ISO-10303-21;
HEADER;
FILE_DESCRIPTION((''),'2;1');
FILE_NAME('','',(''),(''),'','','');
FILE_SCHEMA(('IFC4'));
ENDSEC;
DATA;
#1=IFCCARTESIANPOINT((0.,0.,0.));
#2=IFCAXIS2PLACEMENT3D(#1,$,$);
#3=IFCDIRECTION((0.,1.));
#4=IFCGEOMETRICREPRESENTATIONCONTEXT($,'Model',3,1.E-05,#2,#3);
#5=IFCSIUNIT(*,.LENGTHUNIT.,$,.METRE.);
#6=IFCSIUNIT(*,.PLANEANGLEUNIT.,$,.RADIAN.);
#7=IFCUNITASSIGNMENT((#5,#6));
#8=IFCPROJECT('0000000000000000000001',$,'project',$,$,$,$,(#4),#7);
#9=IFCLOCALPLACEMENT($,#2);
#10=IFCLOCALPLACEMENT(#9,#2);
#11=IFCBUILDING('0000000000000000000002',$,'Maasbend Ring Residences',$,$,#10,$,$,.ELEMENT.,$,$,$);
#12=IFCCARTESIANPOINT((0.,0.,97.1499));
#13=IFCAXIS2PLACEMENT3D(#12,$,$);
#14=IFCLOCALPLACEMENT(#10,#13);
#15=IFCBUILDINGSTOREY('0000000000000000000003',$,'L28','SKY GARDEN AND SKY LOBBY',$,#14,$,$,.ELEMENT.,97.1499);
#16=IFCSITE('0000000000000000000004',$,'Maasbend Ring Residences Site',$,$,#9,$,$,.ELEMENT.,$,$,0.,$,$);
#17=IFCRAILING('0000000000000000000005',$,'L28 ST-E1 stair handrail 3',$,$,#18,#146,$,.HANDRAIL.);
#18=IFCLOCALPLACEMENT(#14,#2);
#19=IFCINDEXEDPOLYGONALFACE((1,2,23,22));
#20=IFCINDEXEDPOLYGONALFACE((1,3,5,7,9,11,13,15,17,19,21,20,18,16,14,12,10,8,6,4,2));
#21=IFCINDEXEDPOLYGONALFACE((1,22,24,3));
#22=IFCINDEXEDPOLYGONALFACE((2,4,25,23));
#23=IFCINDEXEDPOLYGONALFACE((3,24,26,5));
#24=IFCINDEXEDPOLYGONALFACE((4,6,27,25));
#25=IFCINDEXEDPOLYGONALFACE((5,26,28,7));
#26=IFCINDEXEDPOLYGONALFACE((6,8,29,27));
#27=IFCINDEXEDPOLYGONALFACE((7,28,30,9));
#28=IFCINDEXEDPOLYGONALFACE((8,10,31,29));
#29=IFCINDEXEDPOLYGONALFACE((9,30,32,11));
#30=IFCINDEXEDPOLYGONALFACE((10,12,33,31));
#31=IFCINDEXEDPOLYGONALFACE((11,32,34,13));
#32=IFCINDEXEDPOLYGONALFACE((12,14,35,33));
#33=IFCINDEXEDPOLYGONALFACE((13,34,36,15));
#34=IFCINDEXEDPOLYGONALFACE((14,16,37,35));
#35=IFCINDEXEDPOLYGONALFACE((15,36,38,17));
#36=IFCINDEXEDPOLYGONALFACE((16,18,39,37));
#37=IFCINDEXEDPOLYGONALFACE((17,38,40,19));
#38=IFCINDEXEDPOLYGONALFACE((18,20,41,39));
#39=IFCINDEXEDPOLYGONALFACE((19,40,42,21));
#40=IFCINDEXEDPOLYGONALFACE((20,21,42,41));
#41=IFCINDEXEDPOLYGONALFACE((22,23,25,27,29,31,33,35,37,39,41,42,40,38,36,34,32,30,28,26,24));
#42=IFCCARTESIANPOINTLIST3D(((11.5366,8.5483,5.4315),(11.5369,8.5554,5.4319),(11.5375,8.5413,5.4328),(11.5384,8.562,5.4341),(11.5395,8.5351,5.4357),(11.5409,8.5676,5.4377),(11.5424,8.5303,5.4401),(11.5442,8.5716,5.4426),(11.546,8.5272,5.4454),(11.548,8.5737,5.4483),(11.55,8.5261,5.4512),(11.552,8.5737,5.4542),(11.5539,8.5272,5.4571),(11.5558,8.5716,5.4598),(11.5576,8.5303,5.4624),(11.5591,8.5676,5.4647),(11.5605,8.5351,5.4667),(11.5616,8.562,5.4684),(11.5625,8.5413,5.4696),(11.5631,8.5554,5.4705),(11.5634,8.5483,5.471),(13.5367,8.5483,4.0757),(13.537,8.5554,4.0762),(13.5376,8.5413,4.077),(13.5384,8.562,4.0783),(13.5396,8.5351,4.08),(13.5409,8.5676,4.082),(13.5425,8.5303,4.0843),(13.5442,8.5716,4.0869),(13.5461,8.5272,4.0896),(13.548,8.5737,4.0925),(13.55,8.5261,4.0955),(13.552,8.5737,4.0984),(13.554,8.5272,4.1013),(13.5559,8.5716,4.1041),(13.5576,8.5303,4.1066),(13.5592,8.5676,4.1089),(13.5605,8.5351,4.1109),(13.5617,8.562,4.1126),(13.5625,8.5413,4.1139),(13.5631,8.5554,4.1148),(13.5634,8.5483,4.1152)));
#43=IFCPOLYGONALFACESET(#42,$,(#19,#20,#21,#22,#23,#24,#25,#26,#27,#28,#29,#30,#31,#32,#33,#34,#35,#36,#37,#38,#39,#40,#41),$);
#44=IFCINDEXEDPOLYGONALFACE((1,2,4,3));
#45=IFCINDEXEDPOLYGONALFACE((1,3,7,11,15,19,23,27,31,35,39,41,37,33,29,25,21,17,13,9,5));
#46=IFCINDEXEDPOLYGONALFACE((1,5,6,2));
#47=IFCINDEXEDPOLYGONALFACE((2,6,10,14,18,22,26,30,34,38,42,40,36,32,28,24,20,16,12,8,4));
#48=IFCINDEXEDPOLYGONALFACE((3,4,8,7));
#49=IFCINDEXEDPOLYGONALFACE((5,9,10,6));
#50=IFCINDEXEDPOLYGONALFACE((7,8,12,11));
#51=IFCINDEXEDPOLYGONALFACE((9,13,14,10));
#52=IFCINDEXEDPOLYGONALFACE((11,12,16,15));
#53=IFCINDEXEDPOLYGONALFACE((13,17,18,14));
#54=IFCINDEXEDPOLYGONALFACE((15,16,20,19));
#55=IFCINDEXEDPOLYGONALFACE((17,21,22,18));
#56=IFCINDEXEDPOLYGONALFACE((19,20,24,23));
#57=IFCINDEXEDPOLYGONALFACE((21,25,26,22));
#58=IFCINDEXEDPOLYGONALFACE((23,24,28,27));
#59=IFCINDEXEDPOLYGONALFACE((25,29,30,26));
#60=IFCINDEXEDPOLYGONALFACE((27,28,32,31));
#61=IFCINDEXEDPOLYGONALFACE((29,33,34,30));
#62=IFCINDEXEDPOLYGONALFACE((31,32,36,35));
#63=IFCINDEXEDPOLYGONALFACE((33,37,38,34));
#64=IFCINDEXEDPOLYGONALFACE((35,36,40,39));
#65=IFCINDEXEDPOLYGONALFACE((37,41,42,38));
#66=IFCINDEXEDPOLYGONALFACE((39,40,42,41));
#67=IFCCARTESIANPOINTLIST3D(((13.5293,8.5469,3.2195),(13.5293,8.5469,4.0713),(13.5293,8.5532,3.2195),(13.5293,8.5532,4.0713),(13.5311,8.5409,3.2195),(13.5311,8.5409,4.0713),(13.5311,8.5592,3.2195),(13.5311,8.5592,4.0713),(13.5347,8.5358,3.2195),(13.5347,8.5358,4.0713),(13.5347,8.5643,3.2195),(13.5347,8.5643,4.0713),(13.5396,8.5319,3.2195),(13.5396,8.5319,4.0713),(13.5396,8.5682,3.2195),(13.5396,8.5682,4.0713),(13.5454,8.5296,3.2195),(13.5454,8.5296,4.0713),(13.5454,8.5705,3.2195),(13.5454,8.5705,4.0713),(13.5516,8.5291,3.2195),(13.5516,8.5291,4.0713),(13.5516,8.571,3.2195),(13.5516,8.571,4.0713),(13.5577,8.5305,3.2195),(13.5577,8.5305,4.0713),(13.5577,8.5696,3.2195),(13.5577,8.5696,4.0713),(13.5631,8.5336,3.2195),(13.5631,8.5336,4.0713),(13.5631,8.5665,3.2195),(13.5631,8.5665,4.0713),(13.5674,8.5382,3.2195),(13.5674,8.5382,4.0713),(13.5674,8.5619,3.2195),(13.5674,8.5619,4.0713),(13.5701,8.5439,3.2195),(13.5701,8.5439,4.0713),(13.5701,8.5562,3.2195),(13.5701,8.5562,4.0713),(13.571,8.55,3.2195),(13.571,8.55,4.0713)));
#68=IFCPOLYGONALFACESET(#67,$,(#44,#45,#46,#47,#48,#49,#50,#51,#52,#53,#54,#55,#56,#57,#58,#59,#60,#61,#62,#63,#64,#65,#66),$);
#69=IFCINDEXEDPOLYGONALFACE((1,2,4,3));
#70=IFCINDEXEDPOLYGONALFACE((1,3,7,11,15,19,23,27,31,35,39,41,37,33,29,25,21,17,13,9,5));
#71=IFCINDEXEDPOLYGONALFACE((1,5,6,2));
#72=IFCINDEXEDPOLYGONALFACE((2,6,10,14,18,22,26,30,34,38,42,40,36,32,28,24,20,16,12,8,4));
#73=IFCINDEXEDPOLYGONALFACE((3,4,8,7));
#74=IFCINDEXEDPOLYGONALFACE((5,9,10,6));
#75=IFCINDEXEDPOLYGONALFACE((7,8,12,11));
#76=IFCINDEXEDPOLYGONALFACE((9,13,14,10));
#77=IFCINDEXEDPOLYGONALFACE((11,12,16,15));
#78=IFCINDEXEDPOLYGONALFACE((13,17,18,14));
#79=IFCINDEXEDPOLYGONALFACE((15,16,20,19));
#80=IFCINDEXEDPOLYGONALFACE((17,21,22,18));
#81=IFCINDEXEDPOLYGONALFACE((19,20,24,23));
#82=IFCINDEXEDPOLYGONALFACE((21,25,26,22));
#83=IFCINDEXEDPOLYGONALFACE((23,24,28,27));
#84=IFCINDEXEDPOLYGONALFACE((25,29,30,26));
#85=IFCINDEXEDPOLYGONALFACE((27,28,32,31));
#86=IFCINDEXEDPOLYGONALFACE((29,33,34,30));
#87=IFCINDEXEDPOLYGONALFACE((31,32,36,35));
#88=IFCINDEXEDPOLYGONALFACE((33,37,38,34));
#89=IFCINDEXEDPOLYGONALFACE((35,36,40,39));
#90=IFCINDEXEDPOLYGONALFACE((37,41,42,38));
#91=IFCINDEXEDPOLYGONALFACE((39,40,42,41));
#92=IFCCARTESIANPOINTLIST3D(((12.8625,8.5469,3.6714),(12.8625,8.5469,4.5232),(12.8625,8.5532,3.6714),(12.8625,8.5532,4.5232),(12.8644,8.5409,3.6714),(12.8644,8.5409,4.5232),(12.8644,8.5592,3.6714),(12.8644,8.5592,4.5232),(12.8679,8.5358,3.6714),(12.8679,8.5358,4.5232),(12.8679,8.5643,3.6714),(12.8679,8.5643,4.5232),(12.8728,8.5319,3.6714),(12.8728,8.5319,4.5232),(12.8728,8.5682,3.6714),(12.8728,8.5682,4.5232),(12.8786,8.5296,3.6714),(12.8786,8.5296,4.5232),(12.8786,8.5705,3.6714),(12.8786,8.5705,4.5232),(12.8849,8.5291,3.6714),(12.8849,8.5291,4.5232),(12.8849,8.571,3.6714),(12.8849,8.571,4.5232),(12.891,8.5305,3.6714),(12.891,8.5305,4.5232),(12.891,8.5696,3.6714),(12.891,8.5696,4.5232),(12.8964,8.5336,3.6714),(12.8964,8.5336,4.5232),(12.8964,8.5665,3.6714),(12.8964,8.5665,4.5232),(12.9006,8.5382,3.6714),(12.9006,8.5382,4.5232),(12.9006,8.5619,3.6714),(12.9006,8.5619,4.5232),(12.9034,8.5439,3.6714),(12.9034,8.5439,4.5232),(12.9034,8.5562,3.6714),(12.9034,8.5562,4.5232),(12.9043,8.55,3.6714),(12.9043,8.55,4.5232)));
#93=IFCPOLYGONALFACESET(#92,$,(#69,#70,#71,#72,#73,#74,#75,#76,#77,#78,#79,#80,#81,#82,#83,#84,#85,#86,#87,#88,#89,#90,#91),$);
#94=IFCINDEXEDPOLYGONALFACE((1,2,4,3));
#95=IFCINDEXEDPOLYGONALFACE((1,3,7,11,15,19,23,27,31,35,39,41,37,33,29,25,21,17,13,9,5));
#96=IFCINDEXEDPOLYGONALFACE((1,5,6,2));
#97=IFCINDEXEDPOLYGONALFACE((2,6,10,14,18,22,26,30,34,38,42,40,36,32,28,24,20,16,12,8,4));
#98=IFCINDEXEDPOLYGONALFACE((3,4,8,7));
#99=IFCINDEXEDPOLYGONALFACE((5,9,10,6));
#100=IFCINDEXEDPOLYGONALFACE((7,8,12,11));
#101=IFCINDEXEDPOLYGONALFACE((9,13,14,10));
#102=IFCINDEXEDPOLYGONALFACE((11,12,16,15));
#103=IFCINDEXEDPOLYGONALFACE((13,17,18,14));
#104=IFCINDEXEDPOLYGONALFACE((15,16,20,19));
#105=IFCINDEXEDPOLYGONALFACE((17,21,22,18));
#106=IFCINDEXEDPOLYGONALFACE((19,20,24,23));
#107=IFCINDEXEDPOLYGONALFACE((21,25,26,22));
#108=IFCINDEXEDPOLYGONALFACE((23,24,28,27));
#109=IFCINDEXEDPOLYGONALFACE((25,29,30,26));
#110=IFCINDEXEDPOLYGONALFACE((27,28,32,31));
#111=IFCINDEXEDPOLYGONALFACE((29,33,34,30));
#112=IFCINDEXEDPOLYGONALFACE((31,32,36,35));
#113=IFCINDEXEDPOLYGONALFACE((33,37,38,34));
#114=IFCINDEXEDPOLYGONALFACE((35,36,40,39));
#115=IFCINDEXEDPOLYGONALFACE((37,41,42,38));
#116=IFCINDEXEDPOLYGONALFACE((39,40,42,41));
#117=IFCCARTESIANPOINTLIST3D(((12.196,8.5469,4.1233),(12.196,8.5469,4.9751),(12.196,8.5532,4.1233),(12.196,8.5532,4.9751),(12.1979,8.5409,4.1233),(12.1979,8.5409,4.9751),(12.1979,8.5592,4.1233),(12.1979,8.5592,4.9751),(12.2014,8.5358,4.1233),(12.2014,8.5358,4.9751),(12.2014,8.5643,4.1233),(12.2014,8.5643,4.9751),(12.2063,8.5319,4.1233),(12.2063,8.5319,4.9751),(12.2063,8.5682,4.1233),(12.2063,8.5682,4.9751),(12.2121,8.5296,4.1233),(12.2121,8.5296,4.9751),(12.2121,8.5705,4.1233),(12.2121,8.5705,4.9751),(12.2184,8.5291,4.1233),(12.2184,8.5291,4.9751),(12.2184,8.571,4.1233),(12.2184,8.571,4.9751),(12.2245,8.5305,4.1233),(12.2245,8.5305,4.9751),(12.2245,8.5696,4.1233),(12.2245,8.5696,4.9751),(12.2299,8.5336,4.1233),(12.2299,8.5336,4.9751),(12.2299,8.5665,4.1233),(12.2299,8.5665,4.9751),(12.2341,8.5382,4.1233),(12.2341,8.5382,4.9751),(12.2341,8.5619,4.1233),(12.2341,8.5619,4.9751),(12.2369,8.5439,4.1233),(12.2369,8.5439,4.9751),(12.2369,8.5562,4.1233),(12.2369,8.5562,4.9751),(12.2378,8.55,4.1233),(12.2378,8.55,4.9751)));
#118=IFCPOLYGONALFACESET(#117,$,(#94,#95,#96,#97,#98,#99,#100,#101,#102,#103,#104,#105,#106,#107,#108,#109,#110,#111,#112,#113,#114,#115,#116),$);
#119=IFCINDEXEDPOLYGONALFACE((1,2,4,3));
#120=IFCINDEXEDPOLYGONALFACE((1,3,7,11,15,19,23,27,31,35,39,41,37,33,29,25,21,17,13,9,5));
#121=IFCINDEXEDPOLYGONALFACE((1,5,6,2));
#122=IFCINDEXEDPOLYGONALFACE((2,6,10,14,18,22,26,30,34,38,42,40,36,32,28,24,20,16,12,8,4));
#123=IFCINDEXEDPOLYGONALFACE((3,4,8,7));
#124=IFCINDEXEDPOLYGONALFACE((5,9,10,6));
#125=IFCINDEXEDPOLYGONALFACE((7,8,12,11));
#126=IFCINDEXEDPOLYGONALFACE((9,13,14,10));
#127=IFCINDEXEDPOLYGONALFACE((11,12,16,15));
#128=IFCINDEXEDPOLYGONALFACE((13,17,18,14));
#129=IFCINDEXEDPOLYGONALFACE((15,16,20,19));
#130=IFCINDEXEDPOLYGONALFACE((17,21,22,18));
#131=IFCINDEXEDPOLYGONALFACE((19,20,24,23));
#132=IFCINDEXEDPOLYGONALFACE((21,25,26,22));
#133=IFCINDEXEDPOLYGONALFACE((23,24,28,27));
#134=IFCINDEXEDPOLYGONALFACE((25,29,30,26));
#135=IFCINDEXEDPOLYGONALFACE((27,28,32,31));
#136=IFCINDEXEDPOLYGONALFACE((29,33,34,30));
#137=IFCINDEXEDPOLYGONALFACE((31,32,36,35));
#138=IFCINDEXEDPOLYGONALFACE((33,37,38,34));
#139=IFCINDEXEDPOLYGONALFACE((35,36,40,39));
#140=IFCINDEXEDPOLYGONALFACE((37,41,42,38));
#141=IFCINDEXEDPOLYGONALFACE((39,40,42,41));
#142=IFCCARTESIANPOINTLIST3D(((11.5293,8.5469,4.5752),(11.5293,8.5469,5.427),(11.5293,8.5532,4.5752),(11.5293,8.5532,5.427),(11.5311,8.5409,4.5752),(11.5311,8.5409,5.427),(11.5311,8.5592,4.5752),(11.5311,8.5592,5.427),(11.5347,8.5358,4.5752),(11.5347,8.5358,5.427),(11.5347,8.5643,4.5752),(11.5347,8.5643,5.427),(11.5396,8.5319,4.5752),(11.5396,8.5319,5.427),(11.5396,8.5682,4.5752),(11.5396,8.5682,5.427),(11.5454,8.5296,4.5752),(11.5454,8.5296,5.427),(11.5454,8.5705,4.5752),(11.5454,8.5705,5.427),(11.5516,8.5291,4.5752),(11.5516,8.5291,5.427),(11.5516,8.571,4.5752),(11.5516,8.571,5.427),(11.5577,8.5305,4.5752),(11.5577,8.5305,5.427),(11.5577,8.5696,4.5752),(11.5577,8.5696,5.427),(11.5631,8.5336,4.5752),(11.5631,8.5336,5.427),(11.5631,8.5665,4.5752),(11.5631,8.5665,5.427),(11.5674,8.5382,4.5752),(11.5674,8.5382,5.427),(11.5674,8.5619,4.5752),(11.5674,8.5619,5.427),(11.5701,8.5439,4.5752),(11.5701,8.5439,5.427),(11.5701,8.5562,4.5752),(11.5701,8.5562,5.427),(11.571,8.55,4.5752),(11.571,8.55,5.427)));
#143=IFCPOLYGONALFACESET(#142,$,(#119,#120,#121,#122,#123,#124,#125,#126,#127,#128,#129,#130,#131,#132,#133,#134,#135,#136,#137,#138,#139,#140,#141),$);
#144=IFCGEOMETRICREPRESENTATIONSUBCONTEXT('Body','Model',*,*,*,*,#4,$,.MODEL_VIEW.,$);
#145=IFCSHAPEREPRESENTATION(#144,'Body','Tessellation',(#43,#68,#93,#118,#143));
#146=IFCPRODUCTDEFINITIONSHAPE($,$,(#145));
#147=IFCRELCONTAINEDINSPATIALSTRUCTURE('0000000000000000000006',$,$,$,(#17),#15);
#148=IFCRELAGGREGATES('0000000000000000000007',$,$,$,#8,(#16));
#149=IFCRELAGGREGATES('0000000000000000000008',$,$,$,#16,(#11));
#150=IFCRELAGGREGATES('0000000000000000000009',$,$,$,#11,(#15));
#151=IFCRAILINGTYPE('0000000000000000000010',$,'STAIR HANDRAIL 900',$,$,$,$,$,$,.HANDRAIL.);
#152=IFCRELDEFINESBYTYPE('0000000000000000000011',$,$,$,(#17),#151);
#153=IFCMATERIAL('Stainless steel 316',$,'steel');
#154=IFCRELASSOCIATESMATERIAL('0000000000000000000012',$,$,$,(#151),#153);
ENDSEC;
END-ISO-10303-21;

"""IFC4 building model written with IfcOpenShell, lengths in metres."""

from ifc_helpers import new_model, si_unit, direction, frame, origin, origin_2d, place, context, subcontext, project, spatial, circle, extrude, material, type_object, element, save


model = new_model("IFC4")

# Units and contexts
model_context = context("Model", 3, precision=1e-05, world=origin(), true_north=direction((0.0, 1.0)))
body_context = subcontext(model_context, "Body", "Model", "MODEL_VIEW")
ifc_project = project(units=[si_unit("LENGTHUNIT", "METRE"), si_unit("PLANEANGLEUNIT", "RADIAN")], contexts=[model_context])

# Site, building, storey
site_placement = place(None, origin())
site = spatial("IfcSite", under=ifc_project, at=site_placement, Name="Maasbend Ring Residences Site", CompositionType="ELEMENT", RefElevation=0.0)
building_placement = place(site_placement, origin())
building = spatial("IfcBuilding", under=site, at=building_placement, Name="Maasbend Ring Residences", CompositionType="ELEMENT")
storey_placement = place(building_placement, frame((0.0, 0.0, 97.1499)))
storey = spatial("IfcBuildingStorey", under=building, at=storey_placement, Name="L28", Description="SKY GARDEN AND SKY LOBBY", CompositionType="ELEMENT", Elevation=97.1499)

# Railing
ifc_material_1 = material(Name="Stainless steel 316", Category="steel")
railing_type = type_object("IfcRailingType", Name="STAIR HANDRAIL 900", PredefinedType="HANDRAIL", material=ifc_material_1)
for number, where, name in (
    (1, (13.55, 8.55, 3.2195), "L28 ST-E1 stair handrail 3"),
):
    element("IfcRailing", number, at=place(storey_placement, frame(where)), inside=storey, type_object=railing_type, Name=name, PredefinedType="HANDRAIL", context=body_context, shape_type="SweptSolid", body=[
        extrude(circle(Radius=0.0239, at=origin_2d()), frame((0.0, 0.0, 0.876), z_axis=(-0.827751, 0.0, 0.561096), x_axis=(0.0, -1.0, 0.0)), (0.0, 0.0, 1.0), 2.4163),
        extrude(circle(Radius=0.021, at=origin_2d()), origin(), (0.0, 0.0, 1.0), 0.8518),
        extrude(circle(Radius=0.021, at=origin_2d()), frame((-0.6667, 0.0, 0.4519)), (0.0, 0.0, 1.0), 0.8518),
        extrude(circle(Radius=0.021, at=origin_2d()), frame((-1.3333, 0.0, 0.9038)), (0.0, 0.0, 1.0), 0.8518),
        extrude(circle(Radius=0.021, at=origin_2d()), frame((-2.0, 0.0, 1.3557)), (0.0, 0.0, 1.0), 0.8518),
    ])

save(model, "model.ifc")
